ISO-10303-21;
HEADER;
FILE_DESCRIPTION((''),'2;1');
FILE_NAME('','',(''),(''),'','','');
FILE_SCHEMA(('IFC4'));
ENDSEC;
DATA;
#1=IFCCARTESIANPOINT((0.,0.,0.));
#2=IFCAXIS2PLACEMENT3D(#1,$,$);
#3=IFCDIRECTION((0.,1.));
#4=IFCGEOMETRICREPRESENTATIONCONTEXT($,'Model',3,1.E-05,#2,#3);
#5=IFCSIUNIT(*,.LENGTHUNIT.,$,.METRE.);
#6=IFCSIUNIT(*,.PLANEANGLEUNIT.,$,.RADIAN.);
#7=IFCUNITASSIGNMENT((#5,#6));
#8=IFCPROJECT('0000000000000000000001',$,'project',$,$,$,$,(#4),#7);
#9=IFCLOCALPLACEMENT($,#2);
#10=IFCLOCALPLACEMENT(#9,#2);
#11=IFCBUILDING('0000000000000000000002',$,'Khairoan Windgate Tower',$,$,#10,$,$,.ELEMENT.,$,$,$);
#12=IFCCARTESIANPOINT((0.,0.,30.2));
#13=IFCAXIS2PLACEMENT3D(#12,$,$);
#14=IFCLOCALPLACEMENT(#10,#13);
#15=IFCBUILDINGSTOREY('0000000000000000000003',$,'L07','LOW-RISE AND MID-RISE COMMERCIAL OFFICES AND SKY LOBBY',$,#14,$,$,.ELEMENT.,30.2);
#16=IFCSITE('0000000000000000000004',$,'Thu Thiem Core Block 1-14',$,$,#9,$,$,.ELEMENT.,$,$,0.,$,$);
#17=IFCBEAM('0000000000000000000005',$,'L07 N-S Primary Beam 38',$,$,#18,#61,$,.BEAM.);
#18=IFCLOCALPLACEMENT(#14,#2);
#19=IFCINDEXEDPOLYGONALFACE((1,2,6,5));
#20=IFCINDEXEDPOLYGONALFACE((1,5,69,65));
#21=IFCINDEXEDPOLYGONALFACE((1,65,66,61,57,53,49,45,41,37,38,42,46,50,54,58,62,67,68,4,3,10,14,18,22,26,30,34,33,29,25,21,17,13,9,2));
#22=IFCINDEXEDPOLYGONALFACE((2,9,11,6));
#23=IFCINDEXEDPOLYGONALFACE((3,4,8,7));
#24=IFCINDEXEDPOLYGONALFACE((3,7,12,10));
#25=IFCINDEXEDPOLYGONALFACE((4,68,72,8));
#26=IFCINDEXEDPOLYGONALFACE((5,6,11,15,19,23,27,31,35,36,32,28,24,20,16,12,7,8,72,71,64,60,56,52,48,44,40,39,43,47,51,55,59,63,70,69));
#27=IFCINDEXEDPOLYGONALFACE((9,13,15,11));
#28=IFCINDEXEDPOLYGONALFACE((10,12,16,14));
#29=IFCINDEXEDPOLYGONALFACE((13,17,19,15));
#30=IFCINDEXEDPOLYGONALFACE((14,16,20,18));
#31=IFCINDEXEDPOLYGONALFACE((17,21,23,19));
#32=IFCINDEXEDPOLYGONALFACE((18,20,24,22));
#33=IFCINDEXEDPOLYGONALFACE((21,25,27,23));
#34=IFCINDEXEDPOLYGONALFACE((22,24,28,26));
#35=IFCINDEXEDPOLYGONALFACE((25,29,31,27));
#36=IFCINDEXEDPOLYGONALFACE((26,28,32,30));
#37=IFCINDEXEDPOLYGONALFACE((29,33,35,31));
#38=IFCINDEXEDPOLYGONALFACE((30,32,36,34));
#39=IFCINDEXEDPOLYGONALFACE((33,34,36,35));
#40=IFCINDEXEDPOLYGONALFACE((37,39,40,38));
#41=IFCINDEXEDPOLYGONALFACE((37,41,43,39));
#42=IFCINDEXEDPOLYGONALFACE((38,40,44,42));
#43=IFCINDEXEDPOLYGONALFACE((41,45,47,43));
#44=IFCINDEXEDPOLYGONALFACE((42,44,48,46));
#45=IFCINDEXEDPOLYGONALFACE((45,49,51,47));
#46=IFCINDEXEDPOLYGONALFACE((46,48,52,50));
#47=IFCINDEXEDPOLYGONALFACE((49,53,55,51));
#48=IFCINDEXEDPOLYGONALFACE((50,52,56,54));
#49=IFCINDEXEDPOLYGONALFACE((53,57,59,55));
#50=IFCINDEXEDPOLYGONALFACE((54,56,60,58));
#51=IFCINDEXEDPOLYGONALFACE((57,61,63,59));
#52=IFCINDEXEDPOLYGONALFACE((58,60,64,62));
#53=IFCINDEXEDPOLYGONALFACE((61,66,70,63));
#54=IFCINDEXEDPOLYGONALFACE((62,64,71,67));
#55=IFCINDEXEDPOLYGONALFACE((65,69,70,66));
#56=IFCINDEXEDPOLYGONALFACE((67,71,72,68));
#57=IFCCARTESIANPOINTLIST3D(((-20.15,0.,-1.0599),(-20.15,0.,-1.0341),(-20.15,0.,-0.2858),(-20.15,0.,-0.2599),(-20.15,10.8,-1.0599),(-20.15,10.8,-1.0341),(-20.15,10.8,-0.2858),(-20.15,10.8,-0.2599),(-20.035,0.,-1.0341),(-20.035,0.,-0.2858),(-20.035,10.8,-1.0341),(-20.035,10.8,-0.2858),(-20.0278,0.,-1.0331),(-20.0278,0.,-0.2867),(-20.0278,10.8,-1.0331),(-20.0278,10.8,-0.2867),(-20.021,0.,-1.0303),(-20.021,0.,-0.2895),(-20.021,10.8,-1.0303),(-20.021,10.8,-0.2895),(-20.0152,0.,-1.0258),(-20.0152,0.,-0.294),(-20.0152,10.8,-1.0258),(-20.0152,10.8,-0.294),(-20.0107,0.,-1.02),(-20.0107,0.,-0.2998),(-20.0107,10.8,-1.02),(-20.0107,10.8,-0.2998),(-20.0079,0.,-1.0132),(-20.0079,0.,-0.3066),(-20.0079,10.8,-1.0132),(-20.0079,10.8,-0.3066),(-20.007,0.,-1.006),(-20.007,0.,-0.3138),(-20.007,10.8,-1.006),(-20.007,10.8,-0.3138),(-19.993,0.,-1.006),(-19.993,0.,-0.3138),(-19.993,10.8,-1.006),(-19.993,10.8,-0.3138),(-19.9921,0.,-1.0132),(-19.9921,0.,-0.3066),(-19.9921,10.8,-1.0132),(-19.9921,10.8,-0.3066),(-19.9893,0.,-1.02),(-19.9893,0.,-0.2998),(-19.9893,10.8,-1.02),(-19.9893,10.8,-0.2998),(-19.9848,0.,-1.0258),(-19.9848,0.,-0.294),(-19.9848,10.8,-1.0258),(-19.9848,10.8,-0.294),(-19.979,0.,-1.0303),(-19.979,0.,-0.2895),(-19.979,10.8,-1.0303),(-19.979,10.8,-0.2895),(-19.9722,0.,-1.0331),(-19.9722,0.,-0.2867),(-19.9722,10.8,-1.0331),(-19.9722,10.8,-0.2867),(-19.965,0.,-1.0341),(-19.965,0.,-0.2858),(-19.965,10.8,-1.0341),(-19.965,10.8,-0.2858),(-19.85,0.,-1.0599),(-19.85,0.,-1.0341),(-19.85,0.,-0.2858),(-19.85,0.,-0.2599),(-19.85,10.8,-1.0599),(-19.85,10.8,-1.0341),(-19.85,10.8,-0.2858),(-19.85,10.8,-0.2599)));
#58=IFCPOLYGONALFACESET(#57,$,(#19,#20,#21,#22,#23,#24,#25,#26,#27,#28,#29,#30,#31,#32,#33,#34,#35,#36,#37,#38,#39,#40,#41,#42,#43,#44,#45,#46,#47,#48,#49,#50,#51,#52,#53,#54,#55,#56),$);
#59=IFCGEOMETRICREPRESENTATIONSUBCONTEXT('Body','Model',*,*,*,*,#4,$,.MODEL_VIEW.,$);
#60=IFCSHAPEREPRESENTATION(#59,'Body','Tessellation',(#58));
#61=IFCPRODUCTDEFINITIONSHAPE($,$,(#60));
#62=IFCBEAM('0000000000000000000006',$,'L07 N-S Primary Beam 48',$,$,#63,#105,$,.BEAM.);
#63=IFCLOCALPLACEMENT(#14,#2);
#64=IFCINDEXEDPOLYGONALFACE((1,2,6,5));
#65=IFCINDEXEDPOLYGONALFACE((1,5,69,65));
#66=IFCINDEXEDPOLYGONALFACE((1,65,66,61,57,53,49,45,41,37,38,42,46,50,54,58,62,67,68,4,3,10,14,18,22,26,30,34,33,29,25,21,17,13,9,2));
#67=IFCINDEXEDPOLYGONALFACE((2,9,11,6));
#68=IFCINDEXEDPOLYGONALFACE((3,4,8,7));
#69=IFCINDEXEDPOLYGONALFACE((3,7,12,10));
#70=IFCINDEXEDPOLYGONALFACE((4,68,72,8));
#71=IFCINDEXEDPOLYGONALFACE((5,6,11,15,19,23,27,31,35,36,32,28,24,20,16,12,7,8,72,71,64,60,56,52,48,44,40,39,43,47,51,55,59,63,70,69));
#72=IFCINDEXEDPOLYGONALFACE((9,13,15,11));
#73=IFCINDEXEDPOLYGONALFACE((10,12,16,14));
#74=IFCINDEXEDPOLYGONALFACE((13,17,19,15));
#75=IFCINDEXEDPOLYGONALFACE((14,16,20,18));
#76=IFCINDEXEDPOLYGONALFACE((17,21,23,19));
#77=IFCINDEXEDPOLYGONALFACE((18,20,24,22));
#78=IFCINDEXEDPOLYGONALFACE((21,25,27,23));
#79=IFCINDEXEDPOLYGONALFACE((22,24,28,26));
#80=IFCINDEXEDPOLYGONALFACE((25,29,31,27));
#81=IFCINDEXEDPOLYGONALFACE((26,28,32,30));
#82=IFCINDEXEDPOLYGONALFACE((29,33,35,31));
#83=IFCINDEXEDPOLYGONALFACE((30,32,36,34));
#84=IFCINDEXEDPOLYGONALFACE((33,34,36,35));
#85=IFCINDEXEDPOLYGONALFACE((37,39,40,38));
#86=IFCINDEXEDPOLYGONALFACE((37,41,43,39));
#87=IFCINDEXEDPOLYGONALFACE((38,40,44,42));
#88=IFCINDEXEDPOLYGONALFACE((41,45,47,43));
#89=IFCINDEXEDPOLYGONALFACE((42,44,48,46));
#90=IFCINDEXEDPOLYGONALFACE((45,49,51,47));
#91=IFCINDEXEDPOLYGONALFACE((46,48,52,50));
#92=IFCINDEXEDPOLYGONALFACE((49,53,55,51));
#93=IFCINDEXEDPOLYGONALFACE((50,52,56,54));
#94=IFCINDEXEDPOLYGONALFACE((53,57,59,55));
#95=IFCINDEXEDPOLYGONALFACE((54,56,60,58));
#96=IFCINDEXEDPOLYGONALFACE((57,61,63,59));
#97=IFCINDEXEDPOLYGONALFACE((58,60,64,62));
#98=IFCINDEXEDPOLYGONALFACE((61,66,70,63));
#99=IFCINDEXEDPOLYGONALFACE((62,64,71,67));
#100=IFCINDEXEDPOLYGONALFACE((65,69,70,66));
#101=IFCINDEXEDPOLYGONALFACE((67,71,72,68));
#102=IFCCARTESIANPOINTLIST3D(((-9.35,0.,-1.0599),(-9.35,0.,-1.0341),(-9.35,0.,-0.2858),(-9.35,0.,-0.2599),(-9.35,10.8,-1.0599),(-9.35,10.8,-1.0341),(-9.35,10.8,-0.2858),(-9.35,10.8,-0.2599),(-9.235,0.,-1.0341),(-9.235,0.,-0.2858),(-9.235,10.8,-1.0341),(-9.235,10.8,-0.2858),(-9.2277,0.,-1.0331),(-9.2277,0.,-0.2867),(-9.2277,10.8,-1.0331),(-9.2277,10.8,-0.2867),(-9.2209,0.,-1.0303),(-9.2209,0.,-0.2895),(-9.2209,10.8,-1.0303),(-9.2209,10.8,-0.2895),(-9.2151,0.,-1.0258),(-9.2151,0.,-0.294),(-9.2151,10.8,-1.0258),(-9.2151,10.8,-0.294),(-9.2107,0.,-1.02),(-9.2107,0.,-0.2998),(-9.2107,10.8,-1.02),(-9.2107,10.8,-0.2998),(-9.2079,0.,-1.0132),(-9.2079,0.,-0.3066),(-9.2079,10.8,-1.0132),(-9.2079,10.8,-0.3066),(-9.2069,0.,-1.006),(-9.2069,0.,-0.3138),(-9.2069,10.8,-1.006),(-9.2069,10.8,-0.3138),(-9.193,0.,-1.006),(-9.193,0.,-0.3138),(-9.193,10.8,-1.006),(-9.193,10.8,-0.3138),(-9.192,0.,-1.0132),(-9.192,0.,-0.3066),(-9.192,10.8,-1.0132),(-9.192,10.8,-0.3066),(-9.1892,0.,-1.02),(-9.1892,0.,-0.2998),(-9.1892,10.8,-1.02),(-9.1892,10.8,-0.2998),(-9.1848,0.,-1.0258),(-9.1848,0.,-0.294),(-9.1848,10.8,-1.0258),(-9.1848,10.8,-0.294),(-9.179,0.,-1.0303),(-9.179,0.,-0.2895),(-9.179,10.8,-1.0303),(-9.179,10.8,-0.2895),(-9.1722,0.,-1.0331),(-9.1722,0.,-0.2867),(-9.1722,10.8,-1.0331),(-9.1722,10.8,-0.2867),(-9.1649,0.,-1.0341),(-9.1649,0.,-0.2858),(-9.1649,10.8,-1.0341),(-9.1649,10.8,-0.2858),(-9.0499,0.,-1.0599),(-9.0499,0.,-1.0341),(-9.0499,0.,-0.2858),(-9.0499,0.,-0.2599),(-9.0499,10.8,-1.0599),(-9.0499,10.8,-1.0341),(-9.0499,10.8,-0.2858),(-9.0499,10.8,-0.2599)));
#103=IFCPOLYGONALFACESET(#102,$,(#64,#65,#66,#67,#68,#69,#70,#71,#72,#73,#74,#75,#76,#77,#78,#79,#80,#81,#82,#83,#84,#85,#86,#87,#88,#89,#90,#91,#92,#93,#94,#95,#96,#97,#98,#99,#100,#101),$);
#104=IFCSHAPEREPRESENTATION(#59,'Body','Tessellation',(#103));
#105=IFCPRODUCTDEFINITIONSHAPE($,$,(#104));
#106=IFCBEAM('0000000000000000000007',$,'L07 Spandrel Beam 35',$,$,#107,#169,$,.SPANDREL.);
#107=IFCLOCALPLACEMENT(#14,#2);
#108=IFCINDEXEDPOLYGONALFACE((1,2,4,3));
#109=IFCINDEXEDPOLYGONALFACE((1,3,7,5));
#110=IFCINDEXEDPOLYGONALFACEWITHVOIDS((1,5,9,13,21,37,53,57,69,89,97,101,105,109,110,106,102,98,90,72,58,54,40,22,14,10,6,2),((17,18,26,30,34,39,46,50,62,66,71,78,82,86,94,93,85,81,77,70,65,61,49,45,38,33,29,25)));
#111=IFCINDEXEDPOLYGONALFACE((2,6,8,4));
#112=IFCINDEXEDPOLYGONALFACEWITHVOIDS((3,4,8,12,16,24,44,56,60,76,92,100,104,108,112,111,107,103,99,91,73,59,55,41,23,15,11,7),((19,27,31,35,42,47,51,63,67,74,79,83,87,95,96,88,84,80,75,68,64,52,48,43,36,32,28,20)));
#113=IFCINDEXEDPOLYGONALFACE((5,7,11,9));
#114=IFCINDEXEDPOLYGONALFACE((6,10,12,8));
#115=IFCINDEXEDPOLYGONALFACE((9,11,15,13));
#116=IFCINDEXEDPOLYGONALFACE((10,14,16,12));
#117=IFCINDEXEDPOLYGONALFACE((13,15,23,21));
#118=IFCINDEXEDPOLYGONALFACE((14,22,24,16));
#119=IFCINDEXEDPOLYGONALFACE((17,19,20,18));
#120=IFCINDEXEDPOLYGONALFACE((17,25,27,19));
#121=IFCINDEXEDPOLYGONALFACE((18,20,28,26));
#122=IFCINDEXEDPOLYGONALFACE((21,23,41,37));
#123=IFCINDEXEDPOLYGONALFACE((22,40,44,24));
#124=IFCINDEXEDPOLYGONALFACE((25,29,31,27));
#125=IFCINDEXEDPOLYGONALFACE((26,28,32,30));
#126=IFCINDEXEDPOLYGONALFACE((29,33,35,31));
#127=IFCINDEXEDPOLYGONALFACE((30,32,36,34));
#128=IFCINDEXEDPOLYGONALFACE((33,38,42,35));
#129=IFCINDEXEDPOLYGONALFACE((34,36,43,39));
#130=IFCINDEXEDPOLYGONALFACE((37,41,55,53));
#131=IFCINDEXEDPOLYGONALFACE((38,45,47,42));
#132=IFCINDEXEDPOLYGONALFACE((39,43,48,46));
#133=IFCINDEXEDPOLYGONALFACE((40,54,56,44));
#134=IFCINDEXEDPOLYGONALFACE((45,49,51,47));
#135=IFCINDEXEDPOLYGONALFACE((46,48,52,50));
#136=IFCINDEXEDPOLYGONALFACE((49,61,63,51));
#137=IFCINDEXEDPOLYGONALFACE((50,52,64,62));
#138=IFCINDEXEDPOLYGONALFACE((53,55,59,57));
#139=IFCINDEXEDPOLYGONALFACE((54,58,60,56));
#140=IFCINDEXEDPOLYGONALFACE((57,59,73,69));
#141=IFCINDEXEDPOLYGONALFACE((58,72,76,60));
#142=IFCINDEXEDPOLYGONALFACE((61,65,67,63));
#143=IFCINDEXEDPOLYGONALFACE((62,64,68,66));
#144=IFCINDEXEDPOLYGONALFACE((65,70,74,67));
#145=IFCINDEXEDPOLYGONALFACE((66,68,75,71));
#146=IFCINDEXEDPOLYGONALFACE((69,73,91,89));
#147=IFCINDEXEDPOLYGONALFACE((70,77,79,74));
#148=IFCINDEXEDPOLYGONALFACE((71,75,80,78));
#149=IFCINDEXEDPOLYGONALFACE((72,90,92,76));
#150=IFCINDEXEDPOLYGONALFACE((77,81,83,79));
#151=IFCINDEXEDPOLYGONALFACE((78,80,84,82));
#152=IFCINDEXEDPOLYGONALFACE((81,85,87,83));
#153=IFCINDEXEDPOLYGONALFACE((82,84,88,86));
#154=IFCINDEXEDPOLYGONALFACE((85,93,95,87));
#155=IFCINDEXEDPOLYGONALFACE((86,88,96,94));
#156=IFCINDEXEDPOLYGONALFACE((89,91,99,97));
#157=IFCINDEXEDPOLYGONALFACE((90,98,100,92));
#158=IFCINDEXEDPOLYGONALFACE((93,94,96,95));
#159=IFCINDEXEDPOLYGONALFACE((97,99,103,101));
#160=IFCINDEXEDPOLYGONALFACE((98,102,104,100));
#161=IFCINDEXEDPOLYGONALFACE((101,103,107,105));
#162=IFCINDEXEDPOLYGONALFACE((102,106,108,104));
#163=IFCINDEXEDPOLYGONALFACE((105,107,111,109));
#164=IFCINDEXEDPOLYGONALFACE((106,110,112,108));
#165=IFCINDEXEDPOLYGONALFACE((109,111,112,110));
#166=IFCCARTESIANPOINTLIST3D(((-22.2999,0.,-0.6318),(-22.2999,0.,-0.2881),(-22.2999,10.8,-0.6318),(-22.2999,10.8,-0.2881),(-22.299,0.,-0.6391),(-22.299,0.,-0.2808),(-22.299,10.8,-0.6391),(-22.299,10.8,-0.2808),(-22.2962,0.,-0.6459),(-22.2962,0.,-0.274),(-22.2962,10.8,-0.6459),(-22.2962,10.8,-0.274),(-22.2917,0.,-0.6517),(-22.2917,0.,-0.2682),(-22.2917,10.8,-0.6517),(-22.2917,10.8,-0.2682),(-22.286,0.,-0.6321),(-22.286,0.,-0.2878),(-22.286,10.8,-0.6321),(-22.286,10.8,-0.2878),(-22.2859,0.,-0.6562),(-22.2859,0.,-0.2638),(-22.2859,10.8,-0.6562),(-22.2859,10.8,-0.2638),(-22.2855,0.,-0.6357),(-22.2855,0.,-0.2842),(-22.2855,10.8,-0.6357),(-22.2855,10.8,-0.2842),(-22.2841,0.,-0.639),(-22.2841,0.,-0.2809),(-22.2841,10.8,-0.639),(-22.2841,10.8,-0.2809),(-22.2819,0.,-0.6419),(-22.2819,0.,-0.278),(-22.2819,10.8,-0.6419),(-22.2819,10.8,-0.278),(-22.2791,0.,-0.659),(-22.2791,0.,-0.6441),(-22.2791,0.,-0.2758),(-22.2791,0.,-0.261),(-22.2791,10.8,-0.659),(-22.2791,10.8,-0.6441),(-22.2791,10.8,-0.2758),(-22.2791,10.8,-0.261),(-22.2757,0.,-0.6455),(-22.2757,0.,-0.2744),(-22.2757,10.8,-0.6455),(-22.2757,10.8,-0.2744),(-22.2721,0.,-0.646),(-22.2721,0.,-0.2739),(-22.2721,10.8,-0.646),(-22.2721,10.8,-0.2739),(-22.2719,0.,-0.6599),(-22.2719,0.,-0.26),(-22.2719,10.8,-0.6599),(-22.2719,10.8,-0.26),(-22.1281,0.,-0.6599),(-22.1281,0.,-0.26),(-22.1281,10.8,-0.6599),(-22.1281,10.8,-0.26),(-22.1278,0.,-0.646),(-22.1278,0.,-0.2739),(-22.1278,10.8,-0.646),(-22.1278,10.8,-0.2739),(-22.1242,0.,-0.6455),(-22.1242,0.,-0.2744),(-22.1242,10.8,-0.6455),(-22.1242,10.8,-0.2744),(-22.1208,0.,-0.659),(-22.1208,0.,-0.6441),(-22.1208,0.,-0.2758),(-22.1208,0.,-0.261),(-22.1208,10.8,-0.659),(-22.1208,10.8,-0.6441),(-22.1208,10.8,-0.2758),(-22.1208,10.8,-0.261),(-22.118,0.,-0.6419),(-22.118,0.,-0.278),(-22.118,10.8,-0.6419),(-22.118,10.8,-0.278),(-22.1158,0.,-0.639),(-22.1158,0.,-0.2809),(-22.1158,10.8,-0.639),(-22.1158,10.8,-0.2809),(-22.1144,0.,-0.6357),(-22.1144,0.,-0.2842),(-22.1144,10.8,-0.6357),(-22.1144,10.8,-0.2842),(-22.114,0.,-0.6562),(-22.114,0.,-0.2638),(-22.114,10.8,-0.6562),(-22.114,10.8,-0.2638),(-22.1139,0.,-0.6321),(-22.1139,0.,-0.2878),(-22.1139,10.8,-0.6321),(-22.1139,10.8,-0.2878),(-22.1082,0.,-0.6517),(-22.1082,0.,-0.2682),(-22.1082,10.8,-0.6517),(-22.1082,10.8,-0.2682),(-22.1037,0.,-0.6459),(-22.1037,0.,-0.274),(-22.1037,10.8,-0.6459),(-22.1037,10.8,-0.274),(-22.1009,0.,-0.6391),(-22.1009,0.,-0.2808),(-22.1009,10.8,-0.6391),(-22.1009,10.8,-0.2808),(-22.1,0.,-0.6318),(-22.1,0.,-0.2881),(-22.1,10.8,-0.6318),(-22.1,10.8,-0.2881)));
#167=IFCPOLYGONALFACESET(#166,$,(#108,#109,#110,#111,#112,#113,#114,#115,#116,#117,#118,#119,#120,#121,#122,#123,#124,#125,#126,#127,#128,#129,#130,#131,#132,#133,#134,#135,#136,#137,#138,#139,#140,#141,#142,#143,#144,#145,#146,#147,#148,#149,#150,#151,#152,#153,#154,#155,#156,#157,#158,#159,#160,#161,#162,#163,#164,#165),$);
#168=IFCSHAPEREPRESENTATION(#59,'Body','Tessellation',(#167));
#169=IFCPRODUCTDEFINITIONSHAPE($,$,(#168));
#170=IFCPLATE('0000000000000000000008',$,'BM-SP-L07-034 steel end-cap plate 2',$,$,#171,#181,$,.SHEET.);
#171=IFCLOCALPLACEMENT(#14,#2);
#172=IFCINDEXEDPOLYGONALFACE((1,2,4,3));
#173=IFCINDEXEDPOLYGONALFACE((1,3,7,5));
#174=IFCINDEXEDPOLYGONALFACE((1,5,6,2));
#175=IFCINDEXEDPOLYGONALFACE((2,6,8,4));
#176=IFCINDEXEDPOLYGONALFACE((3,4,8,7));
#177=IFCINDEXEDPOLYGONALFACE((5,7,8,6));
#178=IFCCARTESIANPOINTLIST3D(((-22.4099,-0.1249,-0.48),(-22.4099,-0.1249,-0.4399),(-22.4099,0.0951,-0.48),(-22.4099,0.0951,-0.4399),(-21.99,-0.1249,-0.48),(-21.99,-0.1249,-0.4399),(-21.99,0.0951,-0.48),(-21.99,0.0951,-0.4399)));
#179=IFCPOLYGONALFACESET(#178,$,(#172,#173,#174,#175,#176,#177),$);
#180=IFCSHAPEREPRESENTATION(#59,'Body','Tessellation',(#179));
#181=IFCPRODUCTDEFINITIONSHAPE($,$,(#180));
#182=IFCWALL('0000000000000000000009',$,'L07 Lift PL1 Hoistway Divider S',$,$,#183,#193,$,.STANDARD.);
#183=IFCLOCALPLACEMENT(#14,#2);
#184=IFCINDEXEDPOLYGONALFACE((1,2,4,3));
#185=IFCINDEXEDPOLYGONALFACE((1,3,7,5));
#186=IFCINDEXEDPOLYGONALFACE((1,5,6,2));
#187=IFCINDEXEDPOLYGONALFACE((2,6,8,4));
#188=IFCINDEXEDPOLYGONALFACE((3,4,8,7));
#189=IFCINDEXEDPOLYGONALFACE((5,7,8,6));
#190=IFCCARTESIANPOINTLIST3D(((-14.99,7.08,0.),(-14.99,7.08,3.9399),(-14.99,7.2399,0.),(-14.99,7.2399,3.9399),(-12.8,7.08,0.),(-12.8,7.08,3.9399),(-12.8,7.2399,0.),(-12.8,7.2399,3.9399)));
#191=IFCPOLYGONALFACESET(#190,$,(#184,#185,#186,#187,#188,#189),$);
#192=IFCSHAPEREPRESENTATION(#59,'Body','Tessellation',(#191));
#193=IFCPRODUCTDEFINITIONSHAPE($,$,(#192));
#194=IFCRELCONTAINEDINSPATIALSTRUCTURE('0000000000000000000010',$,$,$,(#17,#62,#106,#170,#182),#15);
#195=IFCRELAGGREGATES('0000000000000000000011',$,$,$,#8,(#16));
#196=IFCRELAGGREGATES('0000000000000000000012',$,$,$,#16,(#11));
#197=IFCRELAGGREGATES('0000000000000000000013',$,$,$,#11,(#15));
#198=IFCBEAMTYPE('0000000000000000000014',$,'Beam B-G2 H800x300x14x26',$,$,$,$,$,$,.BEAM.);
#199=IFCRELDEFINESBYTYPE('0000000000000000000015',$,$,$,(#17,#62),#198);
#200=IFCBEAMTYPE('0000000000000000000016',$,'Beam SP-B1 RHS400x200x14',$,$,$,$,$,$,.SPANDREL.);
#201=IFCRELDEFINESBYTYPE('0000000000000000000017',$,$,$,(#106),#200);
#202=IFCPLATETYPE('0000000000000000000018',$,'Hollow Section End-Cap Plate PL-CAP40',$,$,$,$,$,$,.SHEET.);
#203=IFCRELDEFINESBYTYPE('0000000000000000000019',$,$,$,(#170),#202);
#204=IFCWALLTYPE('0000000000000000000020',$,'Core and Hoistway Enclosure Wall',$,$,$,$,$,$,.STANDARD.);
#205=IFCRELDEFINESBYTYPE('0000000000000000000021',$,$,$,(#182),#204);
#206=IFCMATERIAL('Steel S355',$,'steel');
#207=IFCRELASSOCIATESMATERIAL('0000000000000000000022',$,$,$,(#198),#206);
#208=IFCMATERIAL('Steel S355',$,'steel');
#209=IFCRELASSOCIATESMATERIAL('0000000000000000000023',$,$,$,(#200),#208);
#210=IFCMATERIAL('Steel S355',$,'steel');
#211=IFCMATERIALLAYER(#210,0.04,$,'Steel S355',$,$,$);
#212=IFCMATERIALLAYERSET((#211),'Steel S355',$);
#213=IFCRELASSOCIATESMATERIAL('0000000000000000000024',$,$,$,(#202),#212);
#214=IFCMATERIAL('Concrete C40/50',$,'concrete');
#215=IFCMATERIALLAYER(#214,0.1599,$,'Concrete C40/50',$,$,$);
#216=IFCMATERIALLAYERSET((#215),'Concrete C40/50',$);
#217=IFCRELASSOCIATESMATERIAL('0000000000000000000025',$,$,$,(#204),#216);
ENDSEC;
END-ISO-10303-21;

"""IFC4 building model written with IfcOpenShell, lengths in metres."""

from ifc_helpers import new_model, si_unit, direction, frame, frame_2d, origin, origin_2d, place, context, subcontext, project, spatial, rectangle, hollow_rectangle, i_section, extrude, material, layer, layer_set, material_profile, profile_set, type_object, element, save


model = new_model("IFC4")

# Units and contexts
model_context = context("Model", 3, precision=1e-05, world=origin(), true_north=direction((0.0, 1.0)))
body_context = subcontext(model_context, "Body", "Model", "MODEL_VIEW")
ifc_project = project(units=[si_unit("LENGTHUNIT", "METRE"), si_unit("PLANEANGLEUNIT", "RADIAN")], contexts=[model_context])

# Site, building, storey
site_placement = place(None, origin())
site = spatial("IfcSite", under=ifc_project, at=site_placement, Name="Thu Thiem Core Block 1-14", CompositionType="ELEMENT", RefElevation=0.0)
building_placement = place(site_placement, origin())
building = spatial("IfcBuilding", under=site, at=building_placement, Name="Khairoan Windgate Tower", CompositionType="ELEMENT")
storey_placement = place(building_placement, frame((0.0, 0.0, 30.2)))
storey = spatial("IfcBuildingStorey", under=building, at=storey_placement, Name="L07", Description="LOW-RISE AND MID-RISE COMMERCIAL OFFICES AND SKY LOBBY", CompositionType="ELEMENT", Elevation=30.2)

# Beams
ifc_material_1 = material(Name="Steel S355", Category="steel")
ifc_material_profile_1 = material_profile(ifc_material_1, i_section(OverallWidth=0.3, OverallDepth=0.8, WebThickness=0.0139, FlangeThickness=0.0259, FilletRadius=0.0281, at=origin_2d()))
ifc_profile_set_1 = profile_set([ifc_material_profile_1], Name="Steel S355")
beam_type_1 = type_object("IfcBeamType", Name="Beam B-G2 H800x300x14x26", PredefinedType="BEAM", material=ifc_profile_set_1)
for number, where, z_axis, x_axis, name in (
    (1, (-20.0, 0.0, -0.6599), (0.0, 1.0, 0.0), (-1.0, 0.0, 0.0), "L07 N-S Primary Beam 38"),
    (2, (-9.2, 0.0, -0.6599), (0.0, 1.0, 0.0), (-1.0, 0.0, 0.0), "L07 N-S Primary Beam 48"),
):
    element("IfcBeam", number, at=place(storey_placement, frame(where, z_axis=z_axis, x_axis=x_axis)), inside=storey, type_object=beam_type_1, Name=name, PredefinedType="BEAM", context=body_context, shape_type="SweptSolid", body=[
        extrude(i_section(OverallWidth=0.3, OverallDepth=0.8, WebThickness=0.0139, FlangeThickness=0.0259, FilletRadius=0.0281, at=origin_2d()), origin(), (0.0, 0.0, 1.0), 10.8),
    ])
ifc_material_2 = material(Name="Steel S355", Category="steel")
ifc_material_profile_2 = material_profile(ifc_material_2, hollow_rectangle(XDim=0.2, YDim=0.3999, WallThickness=0.0139, InnerFilletRadius=0.0139, OuterFilletRadius=0.0281, at=origin_2d()))
ifc_profile_set_2 = profile_set([ifc_material_profile_2], Name="Steel S355")
beam_type_2 = type_object("IfcBeamType", Name="Beam SP-B1 RHS400x200x14", PredefinedType="SPANDREL", material=ifc_profile_set_2)
beam_1_placement = place(storey_placement, frame((-22.2, 0.0, -0.46), z_axis=(0.0, 1.0, 0.0), x_axis=(-1.0, 0.0, 0.0)))
element("IfcBeam", 3, at=beam_1_placement, inside=storey, type_object=beam_type_2, Name="L07 Spandrel Beam 35", PredefinedType="SPANDREL", context=body_context, shape_type="SweptSolid", body=[
    extrude(hollow_rectangle(XDim=0.2, YDim=0.3999, WallThickness=0.0139, InnerFilletRadius=0.0139, OuterFilletRadius=0.0281, at=origin_2d()), origin(), (0.0, 0.0, 1.0), 10.8),
])

# Plate
ifc_material_3 = material(Name="Steel S355", Category="steel")
ifc_layer_1 = layer(ifc_material_3, 0.04, Name="Steel S355")
ifc_layer_set_1 = layer_set([ifc_layer_1], Name="Steel S355")
plate_type = type_object("IfcPlateType", Name="Hollow Section End-Cap Plate PL-CAP40", PredefinedType="SHEET", material=ifc_layer_set_1)
plate_placement = place(storey_placement, frame((-22.2, -0.0149, -0.48), z_axis=(0.0, 0.0, 1.0), x_axis=(0.0, 1.0, 0.0)))
element("IfcPlate", 4, at=plate_placement, inside=storey, type_object=plate_type, Name="BM-SP-L07-034 steel end-cap plate 2", PredefinedType="SHEET", context=body_context, shape_type="SweptSolid", body=[
    extrude(rectangle(XDim=0.22, YDim=0.4199, at=origin_2d()), origin(), (0.0, 0.0, 1.0), 0.04),
])

# Wall
ifc_material_4 = material(Name="Concrete C40/50", Category="concrete")
ifc_layer_2 = layer(ifc_material_4, 0.1599, Name="Concrete C40/50")
ifc_layer_set_2 = layer_set([ifc_layer_2], Name="Concrete C40/50")
wall_type_1 = type_object("IfcWallType", Name="Core and Hoistway Enclosure Wall", PredefinedType="STANDARD", material=ifc_layer_set_2)
wall_1_placement = place(storey_placement, frame((-14.99, 7.1599, 0.0), z_axis=(0.0, 0.0, 1.0), x_axis=(1.0, 0.0, 0.0)))
element("IfcWall", 5, at=wall_1_placement, inside=storey, type_object=wall_type_1, Name="L07 Lift PL1 Hoistway Divider S", PredefinedType="STANDARD", context=body_context, shape_type="SweptSolid", body=[
    extrude(rectangle(XDim=2.1899, YDim=0.1599, at=frame_2d((1.095, 0.0))), origin(), (0.0, 0.0, 1.0), 3.9399),
])

save(model, "model.ifc")
